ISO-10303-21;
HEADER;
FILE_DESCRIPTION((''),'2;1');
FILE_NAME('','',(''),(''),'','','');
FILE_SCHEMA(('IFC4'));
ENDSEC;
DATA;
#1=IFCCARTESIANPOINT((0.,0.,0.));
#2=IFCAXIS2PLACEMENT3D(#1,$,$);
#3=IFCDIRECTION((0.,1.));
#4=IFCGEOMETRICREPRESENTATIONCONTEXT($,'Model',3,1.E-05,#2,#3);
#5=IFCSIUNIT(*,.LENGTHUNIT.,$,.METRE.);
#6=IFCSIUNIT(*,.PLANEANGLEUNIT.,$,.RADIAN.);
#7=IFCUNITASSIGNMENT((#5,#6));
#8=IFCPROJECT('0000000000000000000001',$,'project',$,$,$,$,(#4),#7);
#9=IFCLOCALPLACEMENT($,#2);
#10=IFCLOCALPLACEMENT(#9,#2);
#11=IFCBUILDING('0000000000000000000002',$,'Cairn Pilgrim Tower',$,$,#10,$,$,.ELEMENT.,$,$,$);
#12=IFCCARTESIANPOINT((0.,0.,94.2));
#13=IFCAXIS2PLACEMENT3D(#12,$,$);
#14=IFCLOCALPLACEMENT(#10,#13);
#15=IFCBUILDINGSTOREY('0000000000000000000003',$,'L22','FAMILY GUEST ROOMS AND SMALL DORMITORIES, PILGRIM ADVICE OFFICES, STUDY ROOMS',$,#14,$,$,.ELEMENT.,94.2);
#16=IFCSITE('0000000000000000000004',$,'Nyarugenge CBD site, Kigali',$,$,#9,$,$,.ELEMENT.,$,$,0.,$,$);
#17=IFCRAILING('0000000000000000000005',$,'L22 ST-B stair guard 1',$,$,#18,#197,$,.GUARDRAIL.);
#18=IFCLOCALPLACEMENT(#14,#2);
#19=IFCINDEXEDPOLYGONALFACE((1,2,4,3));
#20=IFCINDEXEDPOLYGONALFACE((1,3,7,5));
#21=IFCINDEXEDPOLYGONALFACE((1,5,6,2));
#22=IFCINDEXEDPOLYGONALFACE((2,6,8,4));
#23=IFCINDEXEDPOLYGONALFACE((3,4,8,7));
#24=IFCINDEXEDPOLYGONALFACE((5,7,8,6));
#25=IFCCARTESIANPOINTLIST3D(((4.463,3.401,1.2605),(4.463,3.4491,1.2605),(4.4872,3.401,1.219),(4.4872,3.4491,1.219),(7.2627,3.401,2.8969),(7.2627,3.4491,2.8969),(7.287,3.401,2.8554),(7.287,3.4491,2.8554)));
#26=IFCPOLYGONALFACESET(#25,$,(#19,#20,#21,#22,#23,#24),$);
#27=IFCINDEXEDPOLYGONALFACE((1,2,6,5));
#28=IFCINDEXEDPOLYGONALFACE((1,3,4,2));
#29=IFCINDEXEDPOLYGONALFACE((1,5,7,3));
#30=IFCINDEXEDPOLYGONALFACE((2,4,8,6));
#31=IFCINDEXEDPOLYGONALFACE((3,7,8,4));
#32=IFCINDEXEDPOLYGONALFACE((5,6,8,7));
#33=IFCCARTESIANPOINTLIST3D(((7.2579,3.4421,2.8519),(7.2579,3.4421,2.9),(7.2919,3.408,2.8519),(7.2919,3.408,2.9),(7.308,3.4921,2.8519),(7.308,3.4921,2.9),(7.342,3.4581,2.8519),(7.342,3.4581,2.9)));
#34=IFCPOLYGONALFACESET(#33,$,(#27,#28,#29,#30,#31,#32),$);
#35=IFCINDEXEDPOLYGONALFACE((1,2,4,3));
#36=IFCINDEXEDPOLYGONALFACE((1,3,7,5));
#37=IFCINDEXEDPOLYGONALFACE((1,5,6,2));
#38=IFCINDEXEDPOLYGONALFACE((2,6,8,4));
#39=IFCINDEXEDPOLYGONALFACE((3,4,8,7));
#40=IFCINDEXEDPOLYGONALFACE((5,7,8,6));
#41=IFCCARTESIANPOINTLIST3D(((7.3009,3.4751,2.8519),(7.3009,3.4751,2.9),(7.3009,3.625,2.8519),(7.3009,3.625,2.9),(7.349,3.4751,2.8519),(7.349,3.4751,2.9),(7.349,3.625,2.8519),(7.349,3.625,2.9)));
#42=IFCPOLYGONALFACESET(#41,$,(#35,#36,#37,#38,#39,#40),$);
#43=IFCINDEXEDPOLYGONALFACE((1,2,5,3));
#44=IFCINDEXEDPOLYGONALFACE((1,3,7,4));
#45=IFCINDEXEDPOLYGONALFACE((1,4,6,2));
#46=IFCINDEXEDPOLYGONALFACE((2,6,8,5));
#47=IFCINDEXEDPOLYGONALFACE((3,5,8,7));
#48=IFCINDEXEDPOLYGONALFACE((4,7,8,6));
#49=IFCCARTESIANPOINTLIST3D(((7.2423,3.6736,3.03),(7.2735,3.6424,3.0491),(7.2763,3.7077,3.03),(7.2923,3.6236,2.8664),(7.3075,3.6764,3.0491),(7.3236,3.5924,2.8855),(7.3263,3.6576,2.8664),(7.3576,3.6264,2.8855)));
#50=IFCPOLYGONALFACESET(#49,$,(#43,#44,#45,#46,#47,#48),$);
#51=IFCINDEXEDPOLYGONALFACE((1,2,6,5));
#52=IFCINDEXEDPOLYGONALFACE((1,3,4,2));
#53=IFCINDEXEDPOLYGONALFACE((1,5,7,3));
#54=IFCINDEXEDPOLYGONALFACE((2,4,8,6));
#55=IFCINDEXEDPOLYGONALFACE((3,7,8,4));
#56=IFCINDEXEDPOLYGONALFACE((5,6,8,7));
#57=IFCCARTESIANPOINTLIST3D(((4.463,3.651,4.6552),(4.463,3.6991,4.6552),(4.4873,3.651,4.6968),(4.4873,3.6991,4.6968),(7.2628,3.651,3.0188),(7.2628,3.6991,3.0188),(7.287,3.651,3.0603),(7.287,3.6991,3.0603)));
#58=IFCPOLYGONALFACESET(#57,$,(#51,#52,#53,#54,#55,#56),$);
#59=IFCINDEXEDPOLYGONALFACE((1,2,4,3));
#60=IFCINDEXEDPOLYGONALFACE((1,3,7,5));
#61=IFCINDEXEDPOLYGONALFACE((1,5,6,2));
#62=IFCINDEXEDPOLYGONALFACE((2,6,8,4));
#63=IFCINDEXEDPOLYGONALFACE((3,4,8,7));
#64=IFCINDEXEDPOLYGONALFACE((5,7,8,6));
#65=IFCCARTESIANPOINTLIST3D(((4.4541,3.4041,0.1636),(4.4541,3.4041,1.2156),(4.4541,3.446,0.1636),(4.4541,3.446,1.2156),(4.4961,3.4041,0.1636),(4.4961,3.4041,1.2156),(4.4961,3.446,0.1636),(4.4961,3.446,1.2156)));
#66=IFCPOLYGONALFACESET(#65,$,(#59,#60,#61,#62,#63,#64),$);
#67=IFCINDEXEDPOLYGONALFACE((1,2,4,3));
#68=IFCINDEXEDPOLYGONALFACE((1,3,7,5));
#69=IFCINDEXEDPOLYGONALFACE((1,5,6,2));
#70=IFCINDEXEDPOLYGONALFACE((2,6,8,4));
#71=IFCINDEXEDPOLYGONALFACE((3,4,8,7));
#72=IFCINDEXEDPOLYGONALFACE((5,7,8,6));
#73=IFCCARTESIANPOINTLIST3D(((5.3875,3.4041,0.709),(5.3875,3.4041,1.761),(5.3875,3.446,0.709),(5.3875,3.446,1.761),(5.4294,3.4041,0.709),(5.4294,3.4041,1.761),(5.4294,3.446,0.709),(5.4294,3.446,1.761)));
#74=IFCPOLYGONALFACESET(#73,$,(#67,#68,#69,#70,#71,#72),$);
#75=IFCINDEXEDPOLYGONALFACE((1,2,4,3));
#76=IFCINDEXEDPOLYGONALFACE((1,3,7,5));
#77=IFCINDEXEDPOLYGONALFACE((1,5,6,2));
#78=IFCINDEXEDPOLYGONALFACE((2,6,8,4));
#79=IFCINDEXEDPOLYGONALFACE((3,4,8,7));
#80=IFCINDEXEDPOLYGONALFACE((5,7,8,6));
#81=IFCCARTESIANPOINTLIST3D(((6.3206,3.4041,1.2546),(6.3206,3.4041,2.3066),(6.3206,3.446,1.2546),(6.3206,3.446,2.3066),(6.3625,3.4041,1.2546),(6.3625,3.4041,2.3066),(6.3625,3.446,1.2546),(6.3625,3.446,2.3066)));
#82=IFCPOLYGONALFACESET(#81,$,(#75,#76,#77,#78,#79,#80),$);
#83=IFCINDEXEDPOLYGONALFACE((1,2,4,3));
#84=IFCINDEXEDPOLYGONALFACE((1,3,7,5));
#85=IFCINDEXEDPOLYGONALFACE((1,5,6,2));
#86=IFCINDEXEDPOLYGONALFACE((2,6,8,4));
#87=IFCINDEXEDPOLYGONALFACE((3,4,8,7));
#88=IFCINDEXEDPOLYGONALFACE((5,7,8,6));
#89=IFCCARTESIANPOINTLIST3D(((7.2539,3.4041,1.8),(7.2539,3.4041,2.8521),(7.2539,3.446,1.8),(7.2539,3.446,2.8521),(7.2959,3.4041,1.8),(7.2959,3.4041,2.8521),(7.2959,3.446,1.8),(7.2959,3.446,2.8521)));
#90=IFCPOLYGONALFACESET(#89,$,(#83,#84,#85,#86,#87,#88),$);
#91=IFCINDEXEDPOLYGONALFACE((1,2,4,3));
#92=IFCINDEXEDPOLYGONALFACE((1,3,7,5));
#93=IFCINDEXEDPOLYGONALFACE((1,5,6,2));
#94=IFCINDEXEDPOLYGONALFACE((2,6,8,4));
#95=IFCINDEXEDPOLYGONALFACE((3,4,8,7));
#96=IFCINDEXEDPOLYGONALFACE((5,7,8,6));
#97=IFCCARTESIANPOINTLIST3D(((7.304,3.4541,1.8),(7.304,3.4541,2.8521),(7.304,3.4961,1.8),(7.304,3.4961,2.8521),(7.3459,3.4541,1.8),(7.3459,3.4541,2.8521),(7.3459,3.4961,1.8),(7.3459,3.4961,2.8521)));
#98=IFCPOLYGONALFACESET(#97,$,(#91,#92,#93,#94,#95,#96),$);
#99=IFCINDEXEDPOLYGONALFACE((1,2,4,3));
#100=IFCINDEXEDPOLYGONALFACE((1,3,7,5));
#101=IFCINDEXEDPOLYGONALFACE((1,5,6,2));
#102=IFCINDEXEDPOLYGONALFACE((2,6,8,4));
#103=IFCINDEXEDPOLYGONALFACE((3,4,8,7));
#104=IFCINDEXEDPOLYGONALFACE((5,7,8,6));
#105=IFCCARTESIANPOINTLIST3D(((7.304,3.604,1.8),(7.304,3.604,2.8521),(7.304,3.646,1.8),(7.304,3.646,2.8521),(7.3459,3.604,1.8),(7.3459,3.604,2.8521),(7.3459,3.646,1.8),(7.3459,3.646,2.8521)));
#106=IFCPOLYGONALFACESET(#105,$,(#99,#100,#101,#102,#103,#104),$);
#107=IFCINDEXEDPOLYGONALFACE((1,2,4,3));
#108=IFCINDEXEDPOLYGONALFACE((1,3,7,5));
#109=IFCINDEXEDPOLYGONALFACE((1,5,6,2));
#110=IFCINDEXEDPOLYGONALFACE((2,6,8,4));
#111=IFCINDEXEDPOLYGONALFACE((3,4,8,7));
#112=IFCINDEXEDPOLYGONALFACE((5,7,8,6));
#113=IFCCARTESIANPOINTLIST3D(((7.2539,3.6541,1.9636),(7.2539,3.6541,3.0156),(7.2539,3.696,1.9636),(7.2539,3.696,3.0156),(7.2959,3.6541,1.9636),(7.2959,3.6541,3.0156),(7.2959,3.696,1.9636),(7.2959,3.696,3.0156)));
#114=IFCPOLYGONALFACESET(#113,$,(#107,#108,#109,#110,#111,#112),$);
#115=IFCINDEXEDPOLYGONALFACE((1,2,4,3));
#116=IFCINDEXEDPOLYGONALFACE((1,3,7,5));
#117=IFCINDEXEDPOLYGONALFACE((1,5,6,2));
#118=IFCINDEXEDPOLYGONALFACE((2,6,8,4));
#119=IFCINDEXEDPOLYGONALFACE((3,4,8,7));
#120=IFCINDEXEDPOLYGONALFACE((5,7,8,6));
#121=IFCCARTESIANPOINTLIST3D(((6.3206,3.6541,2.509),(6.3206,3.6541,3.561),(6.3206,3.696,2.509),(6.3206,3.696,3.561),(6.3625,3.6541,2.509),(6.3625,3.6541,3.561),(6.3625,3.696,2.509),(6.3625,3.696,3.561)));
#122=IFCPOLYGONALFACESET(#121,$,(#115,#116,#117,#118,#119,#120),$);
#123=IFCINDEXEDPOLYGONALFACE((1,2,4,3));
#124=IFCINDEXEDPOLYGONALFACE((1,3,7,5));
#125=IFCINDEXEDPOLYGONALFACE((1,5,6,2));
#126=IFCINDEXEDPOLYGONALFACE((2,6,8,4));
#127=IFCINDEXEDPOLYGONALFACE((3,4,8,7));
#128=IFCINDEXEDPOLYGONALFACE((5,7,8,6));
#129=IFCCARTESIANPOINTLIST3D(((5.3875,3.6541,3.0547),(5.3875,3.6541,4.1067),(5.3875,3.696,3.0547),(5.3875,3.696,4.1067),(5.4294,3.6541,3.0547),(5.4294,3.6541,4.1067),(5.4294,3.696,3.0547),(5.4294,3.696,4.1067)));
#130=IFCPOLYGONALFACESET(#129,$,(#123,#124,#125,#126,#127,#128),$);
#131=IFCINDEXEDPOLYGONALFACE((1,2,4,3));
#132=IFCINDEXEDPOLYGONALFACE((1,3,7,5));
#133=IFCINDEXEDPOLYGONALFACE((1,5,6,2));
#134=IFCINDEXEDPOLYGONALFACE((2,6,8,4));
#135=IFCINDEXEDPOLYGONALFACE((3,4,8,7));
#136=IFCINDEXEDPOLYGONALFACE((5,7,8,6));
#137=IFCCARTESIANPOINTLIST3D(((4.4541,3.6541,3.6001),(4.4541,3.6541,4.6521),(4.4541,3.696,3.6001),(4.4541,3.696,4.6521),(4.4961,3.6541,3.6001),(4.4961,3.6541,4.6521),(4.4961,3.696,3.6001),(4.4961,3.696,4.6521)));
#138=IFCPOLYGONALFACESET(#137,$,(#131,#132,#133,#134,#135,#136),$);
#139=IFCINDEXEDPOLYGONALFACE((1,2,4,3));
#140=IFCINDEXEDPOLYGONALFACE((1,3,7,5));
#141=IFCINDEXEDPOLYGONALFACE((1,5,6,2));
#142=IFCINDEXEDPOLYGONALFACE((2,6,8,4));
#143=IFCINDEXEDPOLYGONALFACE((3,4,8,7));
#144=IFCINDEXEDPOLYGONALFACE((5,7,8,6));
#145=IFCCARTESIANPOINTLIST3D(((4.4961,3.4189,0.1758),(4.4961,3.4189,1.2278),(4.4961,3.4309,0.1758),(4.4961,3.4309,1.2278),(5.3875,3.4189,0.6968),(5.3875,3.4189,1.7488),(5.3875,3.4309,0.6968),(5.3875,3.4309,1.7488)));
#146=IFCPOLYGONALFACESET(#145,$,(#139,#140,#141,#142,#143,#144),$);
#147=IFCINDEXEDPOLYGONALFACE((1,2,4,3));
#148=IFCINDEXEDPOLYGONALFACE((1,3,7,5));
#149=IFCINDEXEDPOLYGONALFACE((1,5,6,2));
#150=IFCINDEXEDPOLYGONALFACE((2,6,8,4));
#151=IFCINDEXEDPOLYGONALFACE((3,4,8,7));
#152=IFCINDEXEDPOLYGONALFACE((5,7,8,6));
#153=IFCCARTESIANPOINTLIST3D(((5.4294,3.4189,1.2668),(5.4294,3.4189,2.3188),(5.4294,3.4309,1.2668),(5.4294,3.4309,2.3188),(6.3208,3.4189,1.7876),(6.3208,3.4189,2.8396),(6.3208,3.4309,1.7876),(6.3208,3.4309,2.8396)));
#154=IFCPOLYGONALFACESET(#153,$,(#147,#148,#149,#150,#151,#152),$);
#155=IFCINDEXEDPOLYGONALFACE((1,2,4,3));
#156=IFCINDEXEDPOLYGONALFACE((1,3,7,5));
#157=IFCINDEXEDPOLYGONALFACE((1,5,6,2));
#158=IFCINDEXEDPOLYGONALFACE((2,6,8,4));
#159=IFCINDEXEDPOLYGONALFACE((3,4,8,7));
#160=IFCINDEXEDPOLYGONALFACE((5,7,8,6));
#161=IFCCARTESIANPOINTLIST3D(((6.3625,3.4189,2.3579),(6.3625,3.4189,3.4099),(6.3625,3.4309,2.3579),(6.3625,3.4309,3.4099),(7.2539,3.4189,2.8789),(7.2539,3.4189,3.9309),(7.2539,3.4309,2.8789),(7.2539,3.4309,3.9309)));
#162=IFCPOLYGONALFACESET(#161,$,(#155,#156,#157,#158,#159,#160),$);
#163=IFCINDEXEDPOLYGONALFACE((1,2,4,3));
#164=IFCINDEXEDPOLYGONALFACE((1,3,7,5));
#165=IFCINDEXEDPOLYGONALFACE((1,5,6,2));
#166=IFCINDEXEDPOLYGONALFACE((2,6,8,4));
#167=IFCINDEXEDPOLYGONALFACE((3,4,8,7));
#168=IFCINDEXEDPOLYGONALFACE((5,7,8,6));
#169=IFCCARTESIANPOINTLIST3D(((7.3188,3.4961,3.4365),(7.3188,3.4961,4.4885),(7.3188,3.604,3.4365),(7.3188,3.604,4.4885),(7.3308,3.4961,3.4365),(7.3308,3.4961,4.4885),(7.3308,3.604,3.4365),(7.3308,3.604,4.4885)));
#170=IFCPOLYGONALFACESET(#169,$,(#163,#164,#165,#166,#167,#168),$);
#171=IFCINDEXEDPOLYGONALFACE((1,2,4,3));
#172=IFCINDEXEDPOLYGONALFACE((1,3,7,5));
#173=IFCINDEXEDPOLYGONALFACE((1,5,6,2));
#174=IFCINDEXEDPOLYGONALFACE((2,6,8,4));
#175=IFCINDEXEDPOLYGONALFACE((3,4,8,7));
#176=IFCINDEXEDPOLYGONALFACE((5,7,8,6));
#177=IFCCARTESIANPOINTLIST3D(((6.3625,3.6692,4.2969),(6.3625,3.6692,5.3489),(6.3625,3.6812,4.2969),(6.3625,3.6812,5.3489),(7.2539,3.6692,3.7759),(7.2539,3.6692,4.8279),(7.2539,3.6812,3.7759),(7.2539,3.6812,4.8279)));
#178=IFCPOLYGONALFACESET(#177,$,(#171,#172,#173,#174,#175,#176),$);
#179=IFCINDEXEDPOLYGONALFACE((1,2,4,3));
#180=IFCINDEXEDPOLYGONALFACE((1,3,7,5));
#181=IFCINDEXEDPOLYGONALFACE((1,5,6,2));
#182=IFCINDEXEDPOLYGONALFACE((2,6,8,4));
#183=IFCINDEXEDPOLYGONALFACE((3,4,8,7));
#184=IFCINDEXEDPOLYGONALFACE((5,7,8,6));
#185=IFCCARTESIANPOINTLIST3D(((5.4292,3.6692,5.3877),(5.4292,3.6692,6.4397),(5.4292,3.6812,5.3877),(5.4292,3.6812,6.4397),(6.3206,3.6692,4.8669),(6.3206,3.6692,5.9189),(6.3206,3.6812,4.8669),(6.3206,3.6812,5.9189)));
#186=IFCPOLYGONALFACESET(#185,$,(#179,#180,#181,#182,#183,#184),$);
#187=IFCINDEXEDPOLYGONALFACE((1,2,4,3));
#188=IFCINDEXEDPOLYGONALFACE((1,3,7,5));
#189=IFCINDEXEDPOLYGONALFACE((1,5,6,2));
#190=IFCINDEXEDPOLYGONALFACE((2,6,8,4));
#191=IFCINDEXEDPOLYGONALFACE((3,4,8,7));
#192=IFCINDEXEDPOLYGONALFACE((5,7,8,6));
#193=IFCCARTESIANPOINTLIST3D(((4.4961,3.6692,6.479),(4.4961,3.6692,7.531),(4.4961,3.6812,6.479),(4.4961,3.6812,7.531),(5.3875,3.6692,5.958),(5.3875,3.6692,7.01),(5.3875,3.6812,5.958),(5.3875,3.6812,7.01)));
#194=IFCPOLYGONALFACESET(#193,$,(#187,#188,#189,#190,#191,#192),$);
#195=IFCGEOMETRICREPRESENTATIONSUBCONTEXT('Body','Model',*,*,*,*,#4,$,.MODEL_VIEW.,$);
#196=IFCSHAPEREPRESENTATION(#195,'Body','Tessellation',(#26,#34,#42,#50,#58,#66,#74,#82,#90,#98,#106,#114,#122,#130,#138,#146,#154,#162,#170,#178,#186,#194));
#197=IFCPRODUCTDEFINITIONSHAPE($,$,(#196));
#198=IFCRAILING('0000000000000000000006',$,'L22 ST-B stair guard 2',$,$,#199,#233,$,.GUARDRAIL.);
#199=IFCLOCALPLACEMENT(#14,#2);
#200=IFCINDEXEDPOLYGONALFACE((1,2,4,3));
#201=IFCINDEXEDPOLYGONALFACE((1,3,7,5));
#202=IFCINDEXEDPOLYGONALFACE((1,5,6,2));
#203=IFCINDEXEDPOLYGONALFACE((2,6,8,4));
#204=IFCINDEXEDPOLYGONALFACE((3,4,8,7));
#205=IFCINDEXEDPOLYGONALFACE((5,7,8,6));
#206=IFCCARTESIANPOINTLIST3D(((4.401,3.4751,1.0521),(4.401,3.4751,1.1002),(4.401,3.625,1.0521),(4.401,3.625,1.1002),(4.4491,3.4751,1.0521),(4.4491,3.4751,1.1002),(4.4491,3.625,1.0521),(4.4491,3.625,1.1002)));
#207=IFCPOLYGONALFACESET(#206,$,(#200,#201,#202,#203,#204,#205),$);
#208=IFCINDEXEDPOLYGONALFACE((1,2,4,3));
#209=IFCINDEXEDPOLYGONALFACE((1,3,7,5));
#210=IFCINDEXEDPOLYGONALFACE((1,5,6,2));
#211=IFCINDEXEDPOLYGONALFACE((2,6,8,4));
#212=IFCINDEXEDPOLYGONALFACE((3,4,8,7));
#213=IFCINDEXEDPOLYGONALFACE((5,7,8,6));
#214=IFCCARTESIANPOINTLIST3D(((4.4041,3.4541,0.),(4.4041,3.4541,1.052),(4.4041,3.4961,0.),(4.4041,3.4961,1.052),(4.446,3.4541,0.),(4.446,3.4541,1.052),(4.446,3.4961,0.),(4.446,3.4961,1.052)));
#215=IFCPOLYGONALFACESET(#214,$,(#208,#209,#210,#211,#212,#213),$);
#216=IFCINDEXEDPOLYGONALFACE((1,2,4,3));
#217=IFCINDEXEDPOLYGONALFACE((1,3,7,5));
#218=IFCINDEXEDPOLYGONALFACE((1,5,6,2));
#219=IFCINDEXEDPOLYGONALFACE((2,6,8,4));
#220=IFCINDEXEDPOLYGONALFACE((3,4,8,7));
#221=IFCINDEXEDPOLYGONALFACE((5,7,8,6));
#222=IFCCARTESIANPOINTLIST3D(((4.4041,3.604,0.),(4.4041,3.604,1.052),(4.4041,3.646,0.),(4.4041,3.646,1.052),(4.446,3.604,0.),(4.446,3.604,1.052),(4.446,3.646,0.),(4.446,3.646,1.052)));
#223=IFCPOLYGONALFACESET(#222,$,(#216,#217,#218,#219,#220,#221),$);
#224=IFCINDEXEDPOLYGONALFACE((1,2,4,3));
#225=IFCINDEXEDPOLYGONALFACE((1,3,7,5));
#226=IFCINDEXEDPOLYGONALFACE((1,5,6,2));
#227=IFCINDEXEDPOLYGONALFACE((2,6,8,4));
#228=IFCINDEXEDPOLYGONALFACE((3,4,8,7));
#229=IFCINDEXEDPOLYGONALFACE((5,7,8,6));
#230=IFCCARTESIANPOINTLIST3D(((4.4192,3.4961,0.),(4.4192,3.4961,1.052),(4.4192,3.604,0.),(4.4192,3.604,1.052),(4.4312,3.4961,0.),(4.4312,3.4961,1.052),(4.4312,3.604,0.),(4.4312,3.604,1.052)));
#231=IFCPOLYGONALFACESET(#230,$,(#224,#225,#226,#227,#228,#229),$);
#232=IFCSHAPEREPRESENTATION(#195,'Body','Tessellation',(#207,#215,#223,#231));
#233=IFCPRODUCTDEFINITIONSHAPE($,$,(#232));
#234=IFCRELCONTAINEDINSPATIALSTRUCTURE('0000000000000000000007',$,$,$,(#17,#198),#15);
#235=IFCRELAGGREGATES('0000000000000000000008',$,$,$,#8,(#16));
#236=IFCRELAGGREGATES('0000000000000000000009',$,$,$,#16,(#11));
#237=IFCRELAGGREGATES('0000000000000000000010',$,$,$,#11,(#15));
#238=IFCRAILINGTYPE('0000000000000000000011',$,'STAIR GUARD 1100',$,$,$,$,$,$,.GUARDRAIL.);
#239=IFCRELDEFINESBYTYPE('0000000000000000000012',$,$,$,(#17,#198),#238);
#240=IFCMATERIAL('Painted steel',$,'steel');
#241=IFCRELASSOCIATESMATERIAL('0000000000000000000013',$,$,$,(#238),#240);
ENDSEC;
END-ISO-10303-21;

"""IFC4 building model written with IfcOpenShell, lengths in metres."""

from ifc_helpers import new_model, si_unit, direction, frame, origin, origin_2d, place, context, subcontext, project, spatial, polyline, rectangle, outline, extrude, material, type_object, element, save


model = new_model("IFC4")

# Units and contexts
model_context = context("Model", 3, precision=1e-05, world=origin(), true_north=direction((0.0, 1.0)))
body_context = subcontext(model_context, "Body", "Model", "MODEL_VIEW")
ifc_project = project(units=[si_unit("LENGTHUNIT", "METRE"), si_unit("PLANEANGLEUNIT", "RADIAN")], contexts=[model_context])

# Site, building, storey
site_placement = place(None, origin())
site = spatial("IfcSite", under=ifc_project, at=site_placement, Name="Nyarugenge CBD site, Kigali", CompositionType="ELEMENT", RefElevation=0.0)
building_placement = place(site_placement, origin())
building = spatial("IfcBuilding", under=site, at=building_placement, Name="Cairn Pilgrim Tower", CompositionType="ELEMENT")
storey_placement = place(building_placement, frame((0.0, 0.0, 94.2)))
storey = spatial("IfcBuildingStorey", under=building, at=storey_placement, Name="L22", Description="FAMILY GUEST ROOMS AND SMALL DORMITORIES, PILGRIM ADVICE OFFICES, STUDY ROOMS", CompositionType="ELEMENT", Elevation=94.2)

# Shared definitions
ifc_material_1 = material(Name="Painted steel", Category="steel")

# Railings
railing_type_1 = type_object("IfcRailingType", Name="STAIR GUARD 1100", PredefinedType="GUARDRAIL", material=ifc_material_1)
railing_1_placement = place(storey_placement, frame((4.4751, 3.425, 0.1636)))
element("IfcRailing", 1, at=railing_1_placement, inside=storey, type_object=railing_type_1, Name="L22 ST-B stair guard 1", PredefinedType="GUARDRAIL", context=body_context, shape_type="SweptSolid", body=[
    extrude(rectangle(XDim=0.0481, YDim=0.0481, at=origin_2d()), frame((0.0, 0.0, 1.0762), z_axis=(0.863342, 0.0, 0.50462), x_axis=(0.0, 1.0, 0.0)), (0.0, 0.0, 1.0), 3.2429),
    extrude(rectangle(XDim=0.0481, YDim=0.0481, at=origin_2d()), frame((2.7998, 0.0, 2.7124), z_axis=(0.707107, 0.707107, 0.0), x_axis=(-0.707107, 0.707107, 0.0)), (0.0, 0.0, 1.0), 0.0708),
    extrude(rectangle(XDim=0.0481, YDim=0.0481, at=origin_2d()), frame((2.8499, 0.05, 2.7124), z_axis=(0.0, 1.0, 0.0), x_axis=(-1.0, 0.0, 0.0)), (0.0, 0.0, 1.0), 0.1499),
    extrude(rectangle(XDim=0.0481, YDim=0.0481, at=origin_2d()), frame((2.8499, 0.2, 2.7124), z_axis=(-0.280809, 0.280809, 0.917765), x_axis=(-0.707107, -0.707107, 0.0)), (0.0, 0.0, 1.0), 0.1782),
    extrude(rectangle(XDim=0.0481, YDim=0.0481, at=origin_2d()), frame((2.7998, 0.25, 2.876), z_axis=(-0.863342, 0.0, 0.50462), x_axis=(0.0, -1.0, 0.0)), (0.0, 0.0, 1.0), 3.2429),
    extrude(rectangle(XDim=0.042, YDim=0.042, at=origin_2d()), origin(), (0.0, 0.0, 1.0), 1.052),
    extrude(rectangle(XDim=0.042, YDim=0.042, at=origin_2d()), frame((0.9333, 0.0, 0.5454)), (0.0, 0.0, 1.0), 1.052),
    extrude(rectangle(XDim=0.042, YDim=0.042, at=origin_2d()), frame((1.8665, 0.0, 1.0911)), (0.0, 0.0, 1.0), 1.052),
    extrude(rectangle(XDim=0.042, YDim=0.042, at=origin_2d()), frame((2.7998, 0.0, 1.6365)), (0.0, 0.0, 1.0), 1.052),
    extrude(rectangle(XDim=0.042, YDim=0.042, at=origin_2d()), frame((2.8499, 0.05, 1.6365)), (0.0, 0.0, 1.0), 1.052),
    extrude(rectangle(XDim=0.042, YDim=0.042, at=origin_2d()), frame((2.8499, 0.2, 1.6365)), (0.0, 0.0, 1.0), 1.052),
    extrude(rectangle(XDim=0.042, YDim=0.042, at=origin_2d()), frame((2.7998, 0.25, 1.8)), (0.0, 0.0, 1.0), 1.052),
    extrude(rectangle(XDim=0.042, YDim=0.042, at=origin_2d()), frame((1.8665, 0.25, 2.3455)), (0.0, 0.0, 1.0), 1.052),
    extrude(rectangle(XDim=0.042, YDim=0.042, at=origin_2d()), frame((0.9333, 0.25, 2.8911)), (0.0, 0.0, 1.0), 1.052),
    extrude(rectangle(XDim=0.042, YDim=0.042, at=origin_2d()), frame((0.0, 0.25, 3.4365)), (0.0, 0.0, 1.0), 1.052),
    extrude(outline(polyline([(0.021, 0.0122), (0.9124, 0.5332), (0.9124, 1.5852), (0.021, 1.0642), (0.021, 0.0122)])), frame((0.0, 0.0059, 0.0), z_axis=(0.0, -1.0, 0.0), x_axis=(1.0, 0.0, 0.0)), (0.0, 0.0, 1.0), 0.012),
    extrude(outline(polyline([(0.021, 0.5579), (0.9124, 1.0786), (0.9124, 2.1306), (0.021, 1.6099), (0.021, 0.5579)])), frame((0.9333, 0.0059, 0.5454), z_axis=(0.0, -1.0, 0.0), x_axis=(1.0, 0.0, 0.0)), (0.0, 0.0, 1.0), 0.012),
    extrude(outline(polyline([(0.021, 1.1033), (0.9124, 1.6243), (0.9124, 2.6763), (0.021, 2.1553), (0.021, 1.1033)])), frame((1.8665, 0.0059, 1.0911), z_axis=(0.0, -1.0, 0.0), x_axis=(1.0, 0.0, 0.0)), (0.0, 0.0, 1.0), 0.012),
    extrude(outline(polyline([(0.021, 1.6365), (0.1289, 1.6365), (0.1289, 2.6885), (0.021, 2.6885), (0.021, 1.6365)])), frame((2.8438, 0.05, 1.6365), z_axis=(1.0, 0.0, 0.0), x_axis=(0.0, 1.0, 0.0)), (0.0, 0.0, 1.0), 0.012),
    extrude(outline(polyline([(0.021, 1.8123), (0.9124, 2.3333), (0.9124, 3.3853), (0.021, 2.8643), (0.021, 1.8123)])), frame((2.7998, 0.2441, 1.8), z_axis=(0.0, 1.0, 0.0), x_axis=(-1.0, 0.0, 0.0)), (0.0, 0.0, 1.0), 0.012),
    extrude(outline(polyline([(0.021, 2.3579), (0.9124, 2.8787), (0.9124, 3.9307), (0.021, 3.4099), (0.021, 2.3579)])), frame((1.8665, 0.2441, 2.3455), z_axis=(0.0, 1.0, 0.0), x_axis=(-1.0, 0.0, 0.0)), (0.0, 0.0, 1.0), 0.012),
    extrude(outline(polyline([(0.021, 2.9033), (0.9124, 3.4243), (0.9124, 4.4763), (0.021, 3.9553), (0.021, 2.9033)])), frame((0.9333, 0.2441, 2.8911), z_axis=(0.0, 1.0, 0.0), x_axis=(-1.0, 0.0, 0.0)), (0.0, 0.0, 1.0), 0.012),
])
railing_2_placement = place(storey_placement, frame((4.425, 3.4751, 0.0)))
element("IfcRailing", 2, at=railing_2_placement, inside=storey, type_object=railing_type_1, Name="L22 ST-B stair guard 2", PredefinedType="GUARDRAIL", context=body_context, shape_type="SweptSolid", body=[
    extrude(rectangle(XDim=0.0481, YDim=0.0481, at=origin_2d()), frame((0.0, 0.0, 1.0762), z_axis=(0.0, 1.0, 0.0), x_axis=(-1.0, 0.0, 0.0)), (0.0, 0.0, 1.0), 0.1499),
    extrude(rectangle(XDim=0.042, YDim=0.042, at=origin_2d()), origin(), (0.0, 0.0, 1.0), 1.052),
    extrude(rectangle(XDim=0.042, YDim=0.042, at=origin_2d()), frame((0.0, 0.1499, 0.0)), (0.0, 0.0, 1.0), 1.052),
    extrude(outline(polyline([(0.021, 0.0), (0.1289, 0.0), (0.1289, 1.052), (0.021, 1.052), (0.021, 0.0)])), frame((-0.0059, 0.0, 0.0), z_axis=(1.0, 0.0, 0.0), x_axis=(0.0, 1.0, 0.0)), (0.0, 0.0, 1.0), 0.012),
])

save(model, "model.ifc")
